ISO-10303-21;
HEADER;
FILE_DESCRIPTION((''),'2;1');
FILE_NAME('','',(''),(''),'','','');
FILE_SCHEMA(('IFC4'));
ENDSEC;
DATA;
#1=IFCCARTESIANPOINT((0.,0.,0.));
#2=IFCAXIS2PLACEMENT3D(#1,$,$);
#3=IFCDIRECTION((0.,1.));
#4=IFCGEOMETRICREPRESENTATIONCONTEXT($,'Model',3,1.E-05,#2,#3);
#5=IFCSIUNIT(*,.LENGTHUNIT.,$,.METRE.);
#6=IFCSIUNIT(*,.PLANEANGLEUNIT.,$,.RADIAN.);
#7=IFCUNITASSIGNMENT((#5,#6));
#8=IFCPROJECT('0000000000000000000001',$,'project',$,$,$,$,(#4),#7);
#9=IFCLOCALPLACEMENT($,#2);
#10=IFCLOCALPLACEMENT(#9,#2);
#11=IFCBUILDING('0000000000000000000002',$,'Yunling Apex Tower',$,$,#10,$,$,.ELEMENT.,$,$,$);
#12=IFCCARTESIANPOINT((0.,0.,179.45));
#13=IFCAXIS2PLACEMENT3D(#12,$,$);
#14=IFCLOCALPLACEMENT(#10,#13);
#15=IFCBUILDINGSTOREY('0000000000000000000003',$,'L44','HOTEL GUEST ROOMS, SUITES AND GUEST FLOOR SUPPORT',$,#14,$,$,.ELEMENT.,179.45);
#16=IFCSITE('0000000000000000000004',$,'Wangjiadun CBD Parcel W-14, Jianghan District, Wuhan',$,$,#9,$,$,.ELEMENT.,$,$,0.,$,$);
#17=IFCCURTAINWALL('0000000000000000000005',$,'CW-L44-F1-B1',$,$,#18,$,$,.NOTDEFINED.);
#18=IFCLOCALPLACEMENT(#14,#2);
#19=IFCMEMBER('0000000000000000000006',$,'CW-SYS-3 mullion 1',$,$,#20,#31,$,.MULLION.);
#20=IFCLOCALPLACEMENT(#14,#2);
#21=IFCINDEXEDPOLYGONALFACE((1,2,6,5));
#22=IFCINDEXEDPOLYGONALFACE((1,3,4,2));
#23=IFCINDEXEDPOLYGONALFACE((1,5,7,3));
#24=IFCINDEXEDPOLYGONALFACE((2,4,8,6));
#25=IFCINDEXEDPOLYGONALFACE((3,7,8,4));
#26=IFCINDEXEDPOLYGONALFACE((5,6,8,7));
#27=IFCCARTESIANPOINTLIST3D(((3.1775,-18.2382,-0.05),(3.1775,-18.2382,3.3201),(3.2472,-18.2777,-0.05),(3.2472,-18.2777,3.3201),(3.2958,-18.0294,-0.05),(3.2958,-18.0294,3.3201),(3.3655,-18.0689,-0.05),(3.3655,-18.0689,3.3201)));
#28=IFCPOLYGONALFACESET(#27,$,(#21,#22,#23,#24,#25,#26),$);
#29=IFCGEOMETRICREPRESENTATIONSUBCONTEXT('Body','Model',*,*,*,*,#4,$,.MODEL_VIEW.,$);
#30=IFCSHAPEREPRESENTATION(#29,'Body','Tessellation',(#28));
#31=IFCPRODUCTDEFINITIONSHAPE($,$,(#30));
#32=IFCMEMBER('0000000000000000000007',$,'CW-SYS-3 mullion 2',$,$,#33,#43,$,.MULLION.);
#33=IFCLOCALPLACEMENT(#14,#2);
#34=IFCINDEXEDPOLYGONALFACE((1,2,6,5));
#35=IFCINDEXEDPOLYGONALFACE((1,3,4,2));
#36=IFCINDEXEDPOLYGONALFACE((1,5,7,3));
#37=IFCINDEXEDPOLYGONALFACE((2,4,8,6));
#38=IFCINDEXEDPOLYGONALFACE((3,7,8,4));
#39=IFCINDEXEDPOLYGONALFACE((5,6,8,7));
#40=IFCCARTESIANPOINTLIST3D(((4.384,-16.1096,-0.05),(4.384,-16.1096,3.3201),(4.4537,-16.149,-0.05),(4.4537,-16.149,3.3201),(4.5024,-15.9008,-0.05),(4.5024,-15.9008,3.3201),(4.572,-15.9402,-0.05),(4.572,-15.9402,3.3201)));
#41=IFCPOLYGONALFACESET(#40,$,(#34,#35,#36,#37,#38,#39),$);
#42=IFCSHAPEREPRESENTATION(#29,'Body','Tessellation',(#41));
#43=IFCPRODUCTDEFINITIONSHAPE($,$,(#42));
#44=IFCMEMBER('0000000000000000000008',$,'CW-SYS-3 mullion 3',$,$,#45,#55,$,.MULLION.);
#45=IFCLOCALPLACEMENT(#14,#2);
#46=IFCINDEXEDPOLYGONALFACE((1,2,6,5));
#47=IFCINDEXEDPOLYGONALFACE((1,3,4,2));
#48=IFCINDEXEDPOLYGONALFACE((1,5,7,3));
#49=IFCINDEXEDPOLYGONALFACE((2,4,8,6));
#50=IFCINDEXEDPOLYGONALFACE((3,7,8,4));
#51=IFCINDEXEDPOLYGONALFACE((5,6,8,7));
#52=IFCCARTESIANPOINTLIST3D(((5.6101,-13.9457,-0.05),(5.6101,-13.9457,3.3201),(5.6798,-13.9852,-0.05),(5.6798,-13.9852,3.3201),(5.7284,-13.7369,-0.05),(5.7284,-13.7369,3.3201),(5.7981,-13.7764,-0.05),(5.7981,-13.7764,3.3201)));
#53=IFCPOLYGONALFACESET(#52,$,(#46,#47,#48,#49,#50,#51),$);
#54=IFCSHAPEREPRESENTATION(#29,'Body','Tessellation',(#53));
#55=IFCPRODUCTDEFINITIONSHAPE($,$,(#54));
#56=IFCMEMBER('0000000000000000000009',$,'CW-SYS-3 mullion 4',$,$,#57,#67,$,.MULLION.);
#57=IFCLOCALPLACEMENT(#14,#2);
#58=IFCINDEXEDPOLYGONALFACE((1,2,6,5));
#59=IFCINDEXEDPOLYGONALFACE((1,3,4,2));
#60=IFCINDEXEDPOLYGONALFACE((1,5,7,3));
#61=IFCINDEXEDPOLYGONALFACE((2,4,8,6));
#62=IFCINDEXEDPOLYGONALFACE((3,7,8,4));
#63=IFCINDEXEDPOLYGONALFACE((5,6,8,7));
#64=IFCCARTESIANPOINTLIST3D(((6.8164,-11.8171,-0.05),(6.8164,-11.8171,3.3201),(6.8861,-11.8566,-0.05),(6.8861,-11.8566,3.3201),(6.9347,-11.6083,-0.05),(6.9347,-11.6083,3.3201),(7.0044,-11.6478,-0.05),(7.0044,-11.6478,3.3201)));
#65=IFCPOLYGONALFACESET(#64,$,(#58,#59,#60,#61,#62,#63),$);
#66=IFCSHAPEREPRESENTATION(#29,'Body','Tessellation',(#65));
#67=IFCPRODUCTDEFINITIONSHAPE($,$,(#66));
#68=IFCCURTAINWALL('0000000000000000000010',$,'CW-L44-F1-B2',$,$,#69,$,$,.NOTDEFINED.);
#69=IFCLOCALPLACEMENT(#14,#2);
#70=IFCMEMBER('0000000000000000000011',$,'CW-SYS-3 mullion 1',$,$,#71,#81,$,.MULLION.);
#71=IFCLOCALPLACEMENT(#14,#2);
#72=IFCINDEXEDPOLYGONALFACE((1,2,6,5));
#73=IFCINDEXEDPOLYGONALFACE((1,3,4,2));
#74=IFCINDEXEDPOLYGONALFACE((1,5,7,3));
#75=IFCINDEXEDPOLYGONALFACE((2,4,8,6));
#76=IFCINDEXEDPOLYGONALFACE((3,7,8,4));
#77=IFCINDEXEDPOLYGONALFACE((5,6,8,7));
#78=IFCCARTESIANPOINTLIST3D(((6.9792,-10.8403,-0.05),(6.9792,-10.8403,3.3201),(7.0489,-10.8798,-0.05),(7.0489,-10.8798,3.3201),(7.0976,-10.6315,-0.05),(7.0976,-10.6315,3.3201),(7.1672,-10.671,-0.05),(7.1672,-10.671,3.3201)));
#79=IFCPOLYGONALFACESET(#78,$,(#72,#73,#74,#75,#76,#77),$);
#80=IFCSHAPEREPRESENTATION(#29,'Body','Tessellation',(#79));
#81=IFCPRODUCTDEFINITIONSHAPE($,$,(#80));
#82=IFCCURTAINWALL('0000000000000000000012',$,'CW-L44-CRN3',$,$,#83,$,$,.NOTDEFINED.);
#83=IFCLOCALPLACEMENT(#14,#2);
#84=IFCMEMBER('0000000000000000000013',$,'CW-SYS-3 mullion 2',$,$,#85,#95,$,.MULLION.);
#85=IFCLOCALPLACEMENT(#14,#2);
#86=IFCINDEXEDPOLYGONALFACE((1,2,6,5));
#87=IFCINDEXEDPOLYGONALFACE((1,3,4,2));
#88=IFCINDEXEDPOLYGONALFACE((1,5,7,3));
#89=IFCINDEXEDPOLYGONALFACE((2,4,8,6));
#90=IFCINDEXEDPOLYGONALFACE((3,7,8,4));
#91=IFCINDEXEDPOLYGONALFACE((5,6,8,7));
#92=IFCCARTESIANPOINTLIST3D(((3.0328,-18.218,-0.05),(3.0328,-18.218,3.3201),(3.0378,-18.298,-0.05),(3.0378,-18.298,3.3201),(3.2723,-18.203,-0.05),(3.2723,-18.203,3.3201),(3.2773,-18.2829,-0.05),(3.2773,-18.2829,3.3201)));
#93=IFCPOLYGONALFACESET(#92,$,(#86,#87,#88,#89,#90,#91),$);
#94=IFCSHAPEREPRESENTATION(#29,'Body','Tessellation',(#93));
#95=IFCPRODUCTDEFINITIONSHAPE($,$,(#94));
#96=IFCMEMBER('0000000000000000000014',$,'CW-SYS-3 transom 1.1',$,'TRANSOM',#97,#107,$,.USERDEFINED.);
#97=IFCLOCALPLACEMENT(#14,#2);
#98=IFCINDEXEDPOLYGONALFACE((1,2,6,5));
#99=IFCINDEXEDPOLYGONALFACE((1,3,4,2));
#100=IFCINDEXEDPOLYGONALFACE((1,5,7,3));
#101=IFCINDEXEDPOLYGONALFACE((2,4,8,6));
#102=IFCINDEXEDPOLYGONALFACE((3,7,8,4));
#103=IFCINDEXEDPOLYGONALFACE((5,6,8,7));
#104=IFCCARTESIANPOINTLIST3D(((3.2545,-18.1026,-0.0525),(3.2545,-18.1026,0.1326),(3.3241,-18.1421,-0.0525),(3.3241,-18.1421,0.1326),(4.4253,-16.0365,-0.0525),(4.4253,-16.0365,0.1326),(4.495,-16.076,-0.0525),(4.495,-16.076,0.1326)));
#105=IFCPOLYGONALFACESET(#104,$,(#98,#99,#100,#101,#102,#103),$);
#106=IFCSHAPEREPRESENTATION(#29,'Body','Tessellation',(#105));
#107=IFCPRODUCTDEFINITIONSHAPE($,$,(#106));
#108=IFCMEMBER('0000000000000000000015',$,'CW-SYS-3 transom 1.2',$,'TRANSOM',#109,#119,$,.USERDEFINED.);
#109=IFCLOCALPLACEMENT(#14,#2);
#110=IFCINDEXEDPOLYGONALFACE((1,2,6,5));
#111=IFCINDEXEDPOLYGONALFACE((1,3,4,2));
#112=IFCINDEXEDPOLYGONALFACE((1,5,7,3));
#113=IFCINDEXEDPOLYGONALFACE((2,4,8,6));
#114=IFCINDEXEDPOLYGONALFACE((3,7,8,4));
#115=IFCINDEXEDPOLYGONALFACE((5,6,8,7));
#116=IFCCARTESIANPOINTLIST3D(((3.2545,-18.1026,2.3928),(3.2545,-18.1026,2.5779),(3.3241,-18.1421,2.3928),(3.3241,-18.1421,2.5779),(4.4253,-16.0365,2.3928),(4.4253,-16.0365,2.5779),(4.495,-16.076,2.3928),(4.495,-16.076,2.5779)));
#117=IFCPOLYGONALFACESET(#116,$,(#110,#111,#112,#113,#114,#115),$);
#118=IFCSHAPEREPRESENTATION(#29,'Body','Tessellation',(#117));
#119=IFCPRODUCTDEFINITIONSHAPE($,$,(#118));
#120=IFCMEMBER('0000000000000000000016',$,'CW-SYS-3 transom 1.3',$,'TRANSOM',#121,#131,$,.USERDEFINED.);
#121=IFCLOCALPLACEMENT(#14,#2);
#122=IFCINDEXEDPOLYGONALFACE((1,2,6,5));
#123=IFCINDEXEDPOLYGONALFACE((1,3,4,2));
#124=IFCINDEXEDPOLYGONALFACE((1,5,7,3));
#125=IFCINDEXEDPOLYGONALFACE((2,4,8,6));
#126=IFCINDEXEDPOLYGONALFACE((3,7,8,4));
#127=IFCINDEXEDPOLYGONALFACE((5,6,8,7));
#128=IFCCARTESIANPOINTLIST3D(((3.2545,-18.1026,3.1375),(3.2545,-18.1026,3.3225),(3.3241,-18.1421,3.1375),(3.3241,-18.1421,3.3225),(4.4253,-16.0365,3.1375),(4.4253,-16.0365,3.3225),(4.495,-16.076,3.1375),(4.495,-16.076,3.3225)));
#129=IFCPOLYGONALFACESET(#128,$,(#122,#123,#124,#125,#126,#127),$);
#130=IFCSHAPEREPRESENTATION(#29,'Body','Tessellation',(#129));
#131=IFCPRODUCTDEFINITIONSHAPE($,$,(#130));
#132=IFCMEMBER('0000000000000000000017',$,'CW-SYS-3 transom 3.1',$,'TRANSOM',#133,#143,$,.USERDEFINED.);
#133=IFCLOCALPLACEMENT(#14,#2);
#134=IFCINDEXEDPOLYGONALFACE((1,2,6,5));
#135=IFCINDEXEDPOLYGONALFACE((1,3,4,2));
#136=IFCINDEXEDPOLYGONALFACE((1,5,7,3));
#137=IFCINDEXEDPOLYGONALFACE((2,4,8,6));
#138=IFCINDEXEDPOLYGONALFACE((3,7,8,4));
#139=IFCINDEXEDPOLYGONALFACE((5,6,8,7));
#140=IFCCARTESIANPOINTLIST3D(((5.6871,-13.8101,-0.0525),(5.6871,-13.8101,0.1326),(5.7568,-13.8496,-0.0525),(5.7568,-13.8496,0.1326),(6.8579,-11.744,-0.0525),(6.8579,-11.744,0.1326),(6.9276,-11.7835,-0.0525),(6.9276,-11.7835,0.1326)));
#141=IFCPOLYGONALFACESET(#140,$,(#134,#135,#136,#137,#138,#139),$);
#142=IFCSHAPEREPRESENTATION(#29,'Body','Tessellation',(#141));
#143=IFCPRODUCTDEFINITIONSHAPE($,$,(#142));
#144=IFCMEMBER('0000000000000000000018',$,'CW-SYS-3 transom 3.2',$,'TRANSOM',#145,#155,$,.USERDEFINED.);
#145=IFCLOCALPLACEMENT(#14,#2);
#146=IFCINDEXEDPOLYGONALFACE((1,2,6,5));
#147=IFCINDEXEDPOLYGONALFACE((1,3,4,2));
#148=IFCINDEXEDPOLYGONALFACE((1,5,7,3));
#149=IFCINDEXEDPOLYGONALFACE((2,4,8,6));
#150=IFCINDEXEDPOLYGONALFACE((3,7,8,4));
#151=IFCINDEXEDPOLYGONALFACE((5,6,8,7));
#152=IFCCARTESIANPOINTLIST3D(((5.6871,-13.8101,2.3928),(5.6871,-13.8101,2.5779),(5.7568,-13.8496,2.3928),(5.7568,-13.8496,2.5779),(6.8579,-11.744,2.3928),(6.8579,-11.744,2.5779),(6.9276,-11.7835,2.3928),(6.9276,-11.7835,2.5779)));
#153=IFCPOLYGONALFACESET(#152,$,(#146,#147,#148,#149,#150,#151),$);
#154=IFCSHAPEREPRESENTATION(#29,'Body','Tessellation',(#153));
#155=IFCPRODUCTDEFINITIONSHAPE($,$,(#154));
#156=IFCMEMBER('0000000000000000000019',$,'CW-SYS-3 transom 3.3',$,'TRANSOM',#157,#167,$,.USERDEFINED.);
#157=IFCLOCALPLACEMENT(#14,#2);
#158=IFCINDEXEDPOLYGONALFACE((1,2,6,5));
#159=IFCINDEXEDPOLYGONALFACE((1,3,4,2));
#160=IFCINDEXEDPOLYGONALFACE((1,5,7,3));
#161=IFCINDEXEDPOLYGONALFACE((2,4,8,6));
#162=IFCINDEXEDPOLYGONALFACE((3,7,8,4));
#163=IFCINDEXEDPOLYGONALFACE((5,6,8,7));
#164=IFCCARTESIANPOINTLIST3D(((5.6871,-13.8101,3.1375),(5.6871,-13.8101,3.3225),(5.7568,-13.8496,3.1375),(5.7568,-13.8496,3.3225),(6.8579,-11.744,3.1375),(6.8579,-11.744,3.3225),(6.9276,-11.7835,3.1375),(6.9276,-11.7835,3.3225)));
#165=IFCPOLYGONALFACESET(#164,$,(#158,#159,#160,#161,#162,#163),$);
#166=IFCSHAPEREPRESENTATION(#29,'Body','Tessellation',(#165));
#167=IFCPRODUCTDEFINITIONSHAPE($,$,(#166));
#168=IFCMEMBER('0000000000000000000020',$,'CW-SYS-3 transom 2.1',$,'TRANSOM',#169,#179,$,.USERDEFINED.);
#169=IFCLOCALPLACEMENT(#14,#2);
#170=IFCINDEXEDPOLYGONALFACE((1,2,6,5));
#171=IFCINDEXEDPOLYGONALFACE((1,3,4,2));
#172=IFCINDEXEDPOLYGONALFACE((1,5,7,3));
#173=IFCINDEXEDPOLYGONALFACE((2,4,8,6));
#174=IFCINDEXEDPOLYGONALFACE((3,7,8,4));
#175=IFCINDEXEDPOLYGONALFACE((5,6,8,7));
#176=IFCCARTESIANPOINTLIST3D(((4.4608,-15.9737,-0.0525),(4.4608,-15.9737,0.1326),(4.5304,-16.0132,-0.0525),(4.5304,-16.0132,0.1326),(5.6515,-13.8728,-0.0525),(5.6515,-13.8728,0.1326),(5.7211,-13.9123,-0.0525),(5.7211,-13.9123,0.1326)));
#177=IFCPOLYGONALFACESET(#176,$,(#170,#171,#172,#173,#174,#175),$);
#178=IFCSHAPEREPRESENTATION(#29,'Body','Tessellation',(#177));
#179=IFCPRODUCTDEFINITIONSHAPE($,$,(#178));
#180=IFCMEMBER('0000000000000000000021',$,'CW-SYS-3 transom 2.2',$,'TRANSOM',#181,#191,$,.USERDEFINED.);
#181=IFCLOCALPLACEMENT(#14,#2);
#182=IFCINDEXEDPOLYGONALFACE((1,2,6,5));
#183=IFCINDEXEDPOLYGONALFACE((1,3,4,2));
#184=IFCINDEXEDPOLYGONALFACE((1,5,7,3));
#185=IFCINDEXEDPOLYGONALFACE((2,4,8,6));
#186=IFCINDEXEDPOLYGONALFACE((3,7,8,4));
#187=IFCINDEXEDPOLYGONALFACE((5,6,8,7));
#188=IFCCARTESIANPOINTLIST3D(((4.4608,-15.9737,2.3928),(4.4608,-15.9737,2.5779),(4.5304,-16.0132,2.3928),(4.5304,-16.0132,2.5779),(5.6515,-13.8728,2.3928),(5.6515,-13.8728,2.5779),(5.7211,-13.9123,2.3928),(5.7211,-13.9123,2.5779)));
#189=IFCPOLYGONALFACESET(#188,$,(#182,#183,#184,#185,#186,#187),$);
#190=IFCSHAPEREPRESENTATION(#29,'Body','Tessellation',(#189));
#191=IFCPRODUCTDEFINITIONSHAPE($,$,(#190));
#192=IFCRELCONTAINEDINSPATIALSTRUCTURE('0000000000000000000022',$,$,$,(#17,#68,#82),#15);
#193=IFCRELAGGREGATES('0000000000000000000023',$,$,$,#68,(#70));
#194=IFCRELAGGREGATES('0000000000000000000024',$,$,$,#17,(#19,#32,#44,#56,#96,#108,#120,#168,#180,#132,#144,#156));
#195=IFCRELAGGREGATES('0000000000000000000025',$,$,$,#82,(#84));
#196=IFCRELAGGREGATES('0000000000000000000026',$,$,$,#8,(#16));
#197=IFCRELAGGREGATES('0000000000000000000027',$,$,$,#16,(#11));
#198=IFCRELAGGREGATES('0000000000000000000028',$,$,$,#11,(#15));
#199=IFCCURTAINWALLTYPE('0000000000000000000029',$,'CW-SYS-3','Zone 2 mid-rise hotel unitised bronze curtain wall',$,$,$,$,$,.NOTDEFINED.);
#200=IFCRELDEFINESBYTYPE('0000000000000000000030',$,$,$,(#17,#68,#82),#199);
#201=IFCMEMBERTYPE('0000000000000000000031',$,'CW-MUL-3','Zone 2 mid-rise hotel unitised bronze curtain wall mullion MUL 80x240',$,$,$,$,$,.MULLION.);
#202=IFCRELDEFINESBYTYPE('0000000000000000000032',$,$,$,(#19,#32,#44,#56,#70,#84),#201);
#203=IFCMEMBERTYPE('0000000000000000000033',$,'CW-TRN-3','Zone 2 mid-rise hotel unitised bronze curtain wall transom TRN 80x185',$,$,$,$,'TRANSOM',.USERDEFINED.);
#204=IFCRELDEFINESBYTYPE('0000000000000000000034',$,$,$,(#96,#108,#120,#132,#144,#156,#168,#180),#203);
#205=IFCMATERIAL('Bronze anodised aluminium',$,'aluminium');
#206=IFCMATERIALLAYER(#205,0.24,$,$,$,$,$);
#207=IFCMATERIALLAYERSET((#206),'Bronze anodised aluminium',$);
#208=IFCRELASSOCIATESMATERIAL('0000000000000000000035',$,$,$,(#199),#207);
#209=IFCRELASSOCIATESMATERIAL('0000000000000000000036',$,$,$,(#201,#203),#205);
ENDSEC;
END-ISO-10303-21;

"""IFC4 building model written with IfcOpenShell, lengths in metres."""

from ifc_helpers import new_model, si_unit, direction, frame, origin, origin_2d, place, context, subcontext, project, spatial, rectangle, extrude, source, transform, mapped, material, layer, layer_set, material_profile, profile_set, type_object, element, aggregate, save


model = new_model("IFC4")

# Units and contexts
model_context = context("Model", 3, precision=1e-05, world=origin(), true_north=direction((0.0, 1.0)))
body_context = subcontext(model_context, "Body", "Model", "MODEL_VIEW")
ifc_project = project(units=[si_unit("LENGTHUNIT", "METRE"), si_unit("PLANEANGLEUNIT", "RADIAN")], contexts=[model_context])

# Site, building, storey
site_placement = place(None, origin())
site = spatial("IfcSite", under=ifc_project, at=site_placement, Name="Wangjiadun CBD Parcel W-14, Jianghan District, Wuhan", CompositionType="ELEMENT", RefElevation=0.0)
building_placement = place(site_placement, origin())
building = spatial("IfcBuilding", under=site, at=building_placement, Name="Yunling Apex Tower", CompositionType="ELEMENT")
storey_placement = place(building_placement, frame((0.0, 0.0, 179.45)))
storey = spatial("IfcBuildingStorey", under=building, at=storey_placement, Name="L44", Description="HOTEL GUEST ROOMS, SUITES AND GUEST FLOOR SUPPORT", CompositionType="ELEMENT", Elevation=179.45)

# Curtain wall, members
ifc_material_1 = material(Name="Bronze anodised aluminium", Category="aluminium")
ifc_layer_1 = layer(ifc_material_1, 0.24)
ifc_layer_set_1 = layer_set([ifc_layer_1], Name="Bronze anodised aluminium")
curtain_wall_type = type_object("IfcCurtainWallType", Name="CW-SYS-3", Description="Zone 2 mid-rise hotel unitised bronze curtain wall", PredefinedType="NOTDEFINED", material=ifc_layer_set_1)
curtain_wall_1_placement = place(storey_placement, origin())
curtain_wall_1 = element("IfcCurtainWall", 1, at=curtain_wall_1_placement, inside=storey, type_object=curtain_wall_type, Name="CW-L44-F1-B1", PredefinedType="NOTDEFINED")
ifc_material_profile_1 = material_profile(ifc_material_1, rectangle(XDim=0.0801, YDim=0.24, at=origin_2d()))
ifc_profile_set_1 = profile_set([ifc_material_profile_1], Name="Bronze anodised aluminium")
member_type_1 = type_object("IfcMemberType", Name="CW-MUL-3", Description="Zone 2 mid-rise hotel unitised bronze curtain wall mullion MUL 80x240", PredefinedType="MULLION", material=ifc_profile_set_1)
shared_shape_1 = source(origin(), body_context, "Body", "SweptSolid", [
    extrude(rectangle(XDim=0.0801, YDim=0.24, at=origin_2d()), origin(), (0.0, 0.0, 1.0), 3.3701),
])
member_1_placement = place(storey_placement, frame((3.2715, -18.1536, -0.05), z_axis=(0.0, 0.0, 1.0), x_axis=(-0.870006, 0.493041, 0.0)))
member_1 = element("IfcMember", 2, at=member_1_placement, type_object=member_type_1, Name="CW-SYS-3 mullion 1", PredefinedType="MULLION", context=body_context, shape_type="MappedRepresentation", body=[
    mapped(shared_shape_1, transform((0.0, 0.0, 0.0), scale=1.0)),
])
member_2_placement = place(storey_placement, frame((4.478, -16.0249, -0.05), z_axis=(0.0, 0.0, 1.0), x_axis=(-0.870006, 0.493041, 0.0)))
member_2 = element("IfcMember", 3, at=member_2_placement, type_object=member_type_1, Name="CW-SYS-3 mullion 2", PredefinedType="MULLION", context=body_context, shape_type="MappedRepresentation", body=[
    mapped(shared_shape_1, transform((0.0, 0.0, 0.0), scale=1.0)),
])
member_3_placement = place(storey_placement, frame((5.7041, -13.8611, -0.05), z_axis=(0.0, 0.0, 1.0), x_axis=(-0.870006, 0.493041, 0.0)))
member_3 = element("IfcMember", 4, at=member_3_placement, type_object=member_type_1, Name="CW-SYS-3 mullion 3", PredefinedType="MULLION", context=body_context, shape_type="MappedRepresentation", body=[
    mapped(shared_shape_1, transform((0.0, 0.0, 0.0), scale=1.0)),
])
member_4_placement = place(storey_placement, frame((6.9104, -11.7324, -0.05), z_axis=(0.0, 0.0, 1.0), x_axis=(-0.870006, 0.493041, 0.0)))
member_4 = element("IfcMember", 5, at=member_4_placement, type_object=member_type_1, Name="CW-SYS-3 mullion 4", PredefinedType="MULLION", context=body_context, shape_type="MappedRepresentation", body=[
    mapped(shared_shape_1, transform((0.0, 0.0, 0.0), scale=1.0)),
])

# Curtain walls, members
curtain_wall_2_placement = place(storey_placement, origin())
curtain_wall_2 = element("IfcCurtainWall", 6, at=curtain_wall_2_placement, inside=storey, type_object=curtain_wall_type, Name="CW-L44-F1-B2", PredefinedType="NOTDEFINED")
member_5_placement = place(storey_placement, frame((7.0732, -10.7556, -0.05), z_axis=(0.0, 0.0, 1.0), x_axis=(-0.870003, 0.493047, 0.0)))
member_5 = element("IfcMember", 7, at=member_5_placement, type_object=member_type_1, Name="CW-SYS-3 mullion 1", PredefinedType="MULLION", context=body_context, shape_type="MappedRepresentation", body=[
    mapped(shared_shape_1, transform((0.0, 0.0, 0.0), scale=1.0)),
])
curtain_wall_3_placement = place(storey_placement, origin())
curtain_wall_3 = element("IfcCurtainWall", 8, at=curtain_wall_3_placement, inside=storey, type_object=curtain_wall_type, Name="CW-L44-CRN3", PredefinedType="NOTDEFINED")
member_6_placement = place(storey_placement, frame((3.155, -18.2505, -0.05), z_axis=(0.0, 0.0, 1.0), x_axis=(-0.062672, 0.998034, 0.0)))
member_6 = element("IfcMember", 9, at=member_6_placement, type_object=member_type_1, Name="CW-SYS-3 mullion 2", PredefinedType="MULLION", context=body_context, shape_type="MappedRepresentation", body=[
    mapped(shared_shape_1, transform((0.0, 0.0, 0.0), scale=1.0)),
])

# Members
ifc_material_profile_2 = material_profile(ifc_material_1, rectangle(XDim=0.0801, YDim=0.1851, at=origin_2d()))
ifc_profile_set_2 = profile_set([ifc_material_profile_2], Name="Bronze anodised aluminium")
member_type_2 = type_object("IfcMemberType", Name="CW-TRN-3", Description="Zone 2 mid-rise hotel unitised bronze curtain wall transom TRN 80x185", ElementType="TRANSOM", PredefinedType="USERDEFINED", material=ifc_profile_set_2)
shared_shape_2 = source(origin(), body_context, "Body", "SweptSolid", [
    extrude(rectangle(XDim=0.0801, YDim=0.1851, at=origin_2d()), origin(), (0.0, 0.0, 1.0), 2.3748),
])
member_7_placement = place(storey_placement, frame((3.2893, -18.1223, 0.04), z_axis=(0.493036, 0.870009, 0.0), x_axis=(-0.870009, 0.493036, 0.0)))
member_7 = element("IfcMember", 10, at=member_7_placement, type_object=member_type_2, Name="CW-SYS-3 transom 1.1", ObjectType="TRANSOM", PredefinedType="USERDEFINED", context=body_context, shape_type="MappedRepresentation", body=[
    mapped(shared_shape_2, transform((0.0, 0.0, 0.0), scale=1.0)),
])
member_8_placement = place(storey_placement, frame((3.2893, -18.1223, 2.4854), z_axis=(0.493036, 0.870009, 0.0), x_axis=(-0.870009, 0.493036, 0.0)))
member_8 = element("IfcMember", 11, at=member_8_placement, type_object=member_type_2, Name="CW-SYS-3 transom 1.2", ObjectType="TRANSOM", PredefinedType="USERDEFINED", context=body_context, shape_type="MappedRepresentation", body=[
    mapped(shared_shape_2, transform((0.0, 0.0, 0.0), scale=1.0)),
])
member_9_placement = place(storey_placement, frame((3.2893, -18.1223, 3.23), z_axis=(0.493036, 0.870009, 0.0), x_axis=(-0.870009, 0.493036, 0.0)))
member_9 = element("IfcMember", 12, at=member_9_placement, type_object=member_type_2, Name="CW-SYS-3 transom 1.3", ObjectType="TRANSOM", PredefinedType="USERDEFINED", context=body_context, shape_type="MappedRepresentation", body=[
    mapped(shared_shape_2, transform((0.0, 0.0, 0.0), scale=1.0)),
])
member_10_placement = place(storey_placement, frame((5.7219, -13.8298, 0.04), z_axis=(0.493036, 0.870009, 0.0), x_axis=(-0.870009, 0.493036, 0.0)))
member_10 = element("IfcMember", 13, at=member_10_placement, type_object=member_type_2, Name="CW-SYS-3 transom 3.1", ObjectType="TRANSOM", PredefinedType="USERDEFINED", context=body_context, shape_type="MappedRepresentation", body=[
    mapped(shared_shape_2, transform((0.0, 0.0, 0.0), scale=1.0)),
])
member_11_placement = place(storey_placement, frame((5.7219, -13.8298, 2.4854), z_axis=(0.493036, 0.870009, 0.0), x_axis=(-0.870009, 0.493036, 0.0)))
member_11 = element("IfcMember", 14, at=member_11_placement, type_object=member_type_2, Name="CW-SYS-3 transom 3.2", ObjectType="TRANSOM", PredefinedType="USERDEFINED", context=body_context, shape_type="MappedRepresentation", body=[
    mapped(shared_shape_2, transform((0.0, 0.0, 0.0), scale=1.0)),
])
member_12_placement = place(storey_placement, frame((5.7219, -13.8298, 3.23), z_axis=(0.493036, 0.870009, 0.0), x_axis=(-0.870009, 0.493036, 0.0)))
member_12 = element("IfcMember", 15, at=member_12_placement, type_object=member_type_2, Name="CW-SYS-3 transom 3.3", ObjectType="TRANSOM", PredefinedType="USERDEFINED", context=body_context, shape_type="MappedRepresentation", body=[
    mapped(shared_shape_2, transform((0.0, 0.0, 0.0), scale=1.0)),
])
shared_shape_3 = source(origin(), body_context, "Body", "SweptSolid", [
    extrude(rectangle(XDim=0.0801, YDim=0.1851, at=origin_2d()), origin(), (0.0, 0.0, 1.0), 2.4148),
])
member_13_placement = place(storey_placement, frame((4.4956, -15.9934, 0.04), z_axis=(0.493076, 0.869986, 0.0), x_axis=(-0.869986, 0.493076, 0.0)))
member_13 = element("IfcMember", 16, at=member_13_placement, type_object=member_type_2, Name="CW-SYS-3 transom 2.1", ObjectType="TRANSOM", PredefinedType="USERDEFINED", context=body_context, shape_type="MappedRepresentation", body=[
    mapped(shared_shape_3, transform((0.0, 0.0, 0.0), scale=1.0)),
])
member_14_placement = place(storey_placement, frame((4.4956, -15.9934, 2.4854), z_axis=(0.493076, 0.869986, 0.0), x_axis=(-0.869986, 0.493076, 0.0)))
member_14 = element("IfcMember", 17, at=member_14_placement, type_object=member_type_2, Name="CW-SYS-3 transom 2.2", ObjectType="TRANSOM", PredefinedType="USERDEFINED", context=body_context, shape_type="MappedRepresentation", body=[
    mapped(shared_shape_3, transform((0.0, 0.0, 0.0), scale=1.0)),
])
aggregate(curtain_wall_2, [member_5])

aggregate(curtain_wall_1, [member_1, member_2, member_3, member_4, member_7, member_8, member_9, member_13, member_14, member_10, member_11, member_12])
aggregate(curtain_wall_3, [member_6])

save(model, "model.ifc")
